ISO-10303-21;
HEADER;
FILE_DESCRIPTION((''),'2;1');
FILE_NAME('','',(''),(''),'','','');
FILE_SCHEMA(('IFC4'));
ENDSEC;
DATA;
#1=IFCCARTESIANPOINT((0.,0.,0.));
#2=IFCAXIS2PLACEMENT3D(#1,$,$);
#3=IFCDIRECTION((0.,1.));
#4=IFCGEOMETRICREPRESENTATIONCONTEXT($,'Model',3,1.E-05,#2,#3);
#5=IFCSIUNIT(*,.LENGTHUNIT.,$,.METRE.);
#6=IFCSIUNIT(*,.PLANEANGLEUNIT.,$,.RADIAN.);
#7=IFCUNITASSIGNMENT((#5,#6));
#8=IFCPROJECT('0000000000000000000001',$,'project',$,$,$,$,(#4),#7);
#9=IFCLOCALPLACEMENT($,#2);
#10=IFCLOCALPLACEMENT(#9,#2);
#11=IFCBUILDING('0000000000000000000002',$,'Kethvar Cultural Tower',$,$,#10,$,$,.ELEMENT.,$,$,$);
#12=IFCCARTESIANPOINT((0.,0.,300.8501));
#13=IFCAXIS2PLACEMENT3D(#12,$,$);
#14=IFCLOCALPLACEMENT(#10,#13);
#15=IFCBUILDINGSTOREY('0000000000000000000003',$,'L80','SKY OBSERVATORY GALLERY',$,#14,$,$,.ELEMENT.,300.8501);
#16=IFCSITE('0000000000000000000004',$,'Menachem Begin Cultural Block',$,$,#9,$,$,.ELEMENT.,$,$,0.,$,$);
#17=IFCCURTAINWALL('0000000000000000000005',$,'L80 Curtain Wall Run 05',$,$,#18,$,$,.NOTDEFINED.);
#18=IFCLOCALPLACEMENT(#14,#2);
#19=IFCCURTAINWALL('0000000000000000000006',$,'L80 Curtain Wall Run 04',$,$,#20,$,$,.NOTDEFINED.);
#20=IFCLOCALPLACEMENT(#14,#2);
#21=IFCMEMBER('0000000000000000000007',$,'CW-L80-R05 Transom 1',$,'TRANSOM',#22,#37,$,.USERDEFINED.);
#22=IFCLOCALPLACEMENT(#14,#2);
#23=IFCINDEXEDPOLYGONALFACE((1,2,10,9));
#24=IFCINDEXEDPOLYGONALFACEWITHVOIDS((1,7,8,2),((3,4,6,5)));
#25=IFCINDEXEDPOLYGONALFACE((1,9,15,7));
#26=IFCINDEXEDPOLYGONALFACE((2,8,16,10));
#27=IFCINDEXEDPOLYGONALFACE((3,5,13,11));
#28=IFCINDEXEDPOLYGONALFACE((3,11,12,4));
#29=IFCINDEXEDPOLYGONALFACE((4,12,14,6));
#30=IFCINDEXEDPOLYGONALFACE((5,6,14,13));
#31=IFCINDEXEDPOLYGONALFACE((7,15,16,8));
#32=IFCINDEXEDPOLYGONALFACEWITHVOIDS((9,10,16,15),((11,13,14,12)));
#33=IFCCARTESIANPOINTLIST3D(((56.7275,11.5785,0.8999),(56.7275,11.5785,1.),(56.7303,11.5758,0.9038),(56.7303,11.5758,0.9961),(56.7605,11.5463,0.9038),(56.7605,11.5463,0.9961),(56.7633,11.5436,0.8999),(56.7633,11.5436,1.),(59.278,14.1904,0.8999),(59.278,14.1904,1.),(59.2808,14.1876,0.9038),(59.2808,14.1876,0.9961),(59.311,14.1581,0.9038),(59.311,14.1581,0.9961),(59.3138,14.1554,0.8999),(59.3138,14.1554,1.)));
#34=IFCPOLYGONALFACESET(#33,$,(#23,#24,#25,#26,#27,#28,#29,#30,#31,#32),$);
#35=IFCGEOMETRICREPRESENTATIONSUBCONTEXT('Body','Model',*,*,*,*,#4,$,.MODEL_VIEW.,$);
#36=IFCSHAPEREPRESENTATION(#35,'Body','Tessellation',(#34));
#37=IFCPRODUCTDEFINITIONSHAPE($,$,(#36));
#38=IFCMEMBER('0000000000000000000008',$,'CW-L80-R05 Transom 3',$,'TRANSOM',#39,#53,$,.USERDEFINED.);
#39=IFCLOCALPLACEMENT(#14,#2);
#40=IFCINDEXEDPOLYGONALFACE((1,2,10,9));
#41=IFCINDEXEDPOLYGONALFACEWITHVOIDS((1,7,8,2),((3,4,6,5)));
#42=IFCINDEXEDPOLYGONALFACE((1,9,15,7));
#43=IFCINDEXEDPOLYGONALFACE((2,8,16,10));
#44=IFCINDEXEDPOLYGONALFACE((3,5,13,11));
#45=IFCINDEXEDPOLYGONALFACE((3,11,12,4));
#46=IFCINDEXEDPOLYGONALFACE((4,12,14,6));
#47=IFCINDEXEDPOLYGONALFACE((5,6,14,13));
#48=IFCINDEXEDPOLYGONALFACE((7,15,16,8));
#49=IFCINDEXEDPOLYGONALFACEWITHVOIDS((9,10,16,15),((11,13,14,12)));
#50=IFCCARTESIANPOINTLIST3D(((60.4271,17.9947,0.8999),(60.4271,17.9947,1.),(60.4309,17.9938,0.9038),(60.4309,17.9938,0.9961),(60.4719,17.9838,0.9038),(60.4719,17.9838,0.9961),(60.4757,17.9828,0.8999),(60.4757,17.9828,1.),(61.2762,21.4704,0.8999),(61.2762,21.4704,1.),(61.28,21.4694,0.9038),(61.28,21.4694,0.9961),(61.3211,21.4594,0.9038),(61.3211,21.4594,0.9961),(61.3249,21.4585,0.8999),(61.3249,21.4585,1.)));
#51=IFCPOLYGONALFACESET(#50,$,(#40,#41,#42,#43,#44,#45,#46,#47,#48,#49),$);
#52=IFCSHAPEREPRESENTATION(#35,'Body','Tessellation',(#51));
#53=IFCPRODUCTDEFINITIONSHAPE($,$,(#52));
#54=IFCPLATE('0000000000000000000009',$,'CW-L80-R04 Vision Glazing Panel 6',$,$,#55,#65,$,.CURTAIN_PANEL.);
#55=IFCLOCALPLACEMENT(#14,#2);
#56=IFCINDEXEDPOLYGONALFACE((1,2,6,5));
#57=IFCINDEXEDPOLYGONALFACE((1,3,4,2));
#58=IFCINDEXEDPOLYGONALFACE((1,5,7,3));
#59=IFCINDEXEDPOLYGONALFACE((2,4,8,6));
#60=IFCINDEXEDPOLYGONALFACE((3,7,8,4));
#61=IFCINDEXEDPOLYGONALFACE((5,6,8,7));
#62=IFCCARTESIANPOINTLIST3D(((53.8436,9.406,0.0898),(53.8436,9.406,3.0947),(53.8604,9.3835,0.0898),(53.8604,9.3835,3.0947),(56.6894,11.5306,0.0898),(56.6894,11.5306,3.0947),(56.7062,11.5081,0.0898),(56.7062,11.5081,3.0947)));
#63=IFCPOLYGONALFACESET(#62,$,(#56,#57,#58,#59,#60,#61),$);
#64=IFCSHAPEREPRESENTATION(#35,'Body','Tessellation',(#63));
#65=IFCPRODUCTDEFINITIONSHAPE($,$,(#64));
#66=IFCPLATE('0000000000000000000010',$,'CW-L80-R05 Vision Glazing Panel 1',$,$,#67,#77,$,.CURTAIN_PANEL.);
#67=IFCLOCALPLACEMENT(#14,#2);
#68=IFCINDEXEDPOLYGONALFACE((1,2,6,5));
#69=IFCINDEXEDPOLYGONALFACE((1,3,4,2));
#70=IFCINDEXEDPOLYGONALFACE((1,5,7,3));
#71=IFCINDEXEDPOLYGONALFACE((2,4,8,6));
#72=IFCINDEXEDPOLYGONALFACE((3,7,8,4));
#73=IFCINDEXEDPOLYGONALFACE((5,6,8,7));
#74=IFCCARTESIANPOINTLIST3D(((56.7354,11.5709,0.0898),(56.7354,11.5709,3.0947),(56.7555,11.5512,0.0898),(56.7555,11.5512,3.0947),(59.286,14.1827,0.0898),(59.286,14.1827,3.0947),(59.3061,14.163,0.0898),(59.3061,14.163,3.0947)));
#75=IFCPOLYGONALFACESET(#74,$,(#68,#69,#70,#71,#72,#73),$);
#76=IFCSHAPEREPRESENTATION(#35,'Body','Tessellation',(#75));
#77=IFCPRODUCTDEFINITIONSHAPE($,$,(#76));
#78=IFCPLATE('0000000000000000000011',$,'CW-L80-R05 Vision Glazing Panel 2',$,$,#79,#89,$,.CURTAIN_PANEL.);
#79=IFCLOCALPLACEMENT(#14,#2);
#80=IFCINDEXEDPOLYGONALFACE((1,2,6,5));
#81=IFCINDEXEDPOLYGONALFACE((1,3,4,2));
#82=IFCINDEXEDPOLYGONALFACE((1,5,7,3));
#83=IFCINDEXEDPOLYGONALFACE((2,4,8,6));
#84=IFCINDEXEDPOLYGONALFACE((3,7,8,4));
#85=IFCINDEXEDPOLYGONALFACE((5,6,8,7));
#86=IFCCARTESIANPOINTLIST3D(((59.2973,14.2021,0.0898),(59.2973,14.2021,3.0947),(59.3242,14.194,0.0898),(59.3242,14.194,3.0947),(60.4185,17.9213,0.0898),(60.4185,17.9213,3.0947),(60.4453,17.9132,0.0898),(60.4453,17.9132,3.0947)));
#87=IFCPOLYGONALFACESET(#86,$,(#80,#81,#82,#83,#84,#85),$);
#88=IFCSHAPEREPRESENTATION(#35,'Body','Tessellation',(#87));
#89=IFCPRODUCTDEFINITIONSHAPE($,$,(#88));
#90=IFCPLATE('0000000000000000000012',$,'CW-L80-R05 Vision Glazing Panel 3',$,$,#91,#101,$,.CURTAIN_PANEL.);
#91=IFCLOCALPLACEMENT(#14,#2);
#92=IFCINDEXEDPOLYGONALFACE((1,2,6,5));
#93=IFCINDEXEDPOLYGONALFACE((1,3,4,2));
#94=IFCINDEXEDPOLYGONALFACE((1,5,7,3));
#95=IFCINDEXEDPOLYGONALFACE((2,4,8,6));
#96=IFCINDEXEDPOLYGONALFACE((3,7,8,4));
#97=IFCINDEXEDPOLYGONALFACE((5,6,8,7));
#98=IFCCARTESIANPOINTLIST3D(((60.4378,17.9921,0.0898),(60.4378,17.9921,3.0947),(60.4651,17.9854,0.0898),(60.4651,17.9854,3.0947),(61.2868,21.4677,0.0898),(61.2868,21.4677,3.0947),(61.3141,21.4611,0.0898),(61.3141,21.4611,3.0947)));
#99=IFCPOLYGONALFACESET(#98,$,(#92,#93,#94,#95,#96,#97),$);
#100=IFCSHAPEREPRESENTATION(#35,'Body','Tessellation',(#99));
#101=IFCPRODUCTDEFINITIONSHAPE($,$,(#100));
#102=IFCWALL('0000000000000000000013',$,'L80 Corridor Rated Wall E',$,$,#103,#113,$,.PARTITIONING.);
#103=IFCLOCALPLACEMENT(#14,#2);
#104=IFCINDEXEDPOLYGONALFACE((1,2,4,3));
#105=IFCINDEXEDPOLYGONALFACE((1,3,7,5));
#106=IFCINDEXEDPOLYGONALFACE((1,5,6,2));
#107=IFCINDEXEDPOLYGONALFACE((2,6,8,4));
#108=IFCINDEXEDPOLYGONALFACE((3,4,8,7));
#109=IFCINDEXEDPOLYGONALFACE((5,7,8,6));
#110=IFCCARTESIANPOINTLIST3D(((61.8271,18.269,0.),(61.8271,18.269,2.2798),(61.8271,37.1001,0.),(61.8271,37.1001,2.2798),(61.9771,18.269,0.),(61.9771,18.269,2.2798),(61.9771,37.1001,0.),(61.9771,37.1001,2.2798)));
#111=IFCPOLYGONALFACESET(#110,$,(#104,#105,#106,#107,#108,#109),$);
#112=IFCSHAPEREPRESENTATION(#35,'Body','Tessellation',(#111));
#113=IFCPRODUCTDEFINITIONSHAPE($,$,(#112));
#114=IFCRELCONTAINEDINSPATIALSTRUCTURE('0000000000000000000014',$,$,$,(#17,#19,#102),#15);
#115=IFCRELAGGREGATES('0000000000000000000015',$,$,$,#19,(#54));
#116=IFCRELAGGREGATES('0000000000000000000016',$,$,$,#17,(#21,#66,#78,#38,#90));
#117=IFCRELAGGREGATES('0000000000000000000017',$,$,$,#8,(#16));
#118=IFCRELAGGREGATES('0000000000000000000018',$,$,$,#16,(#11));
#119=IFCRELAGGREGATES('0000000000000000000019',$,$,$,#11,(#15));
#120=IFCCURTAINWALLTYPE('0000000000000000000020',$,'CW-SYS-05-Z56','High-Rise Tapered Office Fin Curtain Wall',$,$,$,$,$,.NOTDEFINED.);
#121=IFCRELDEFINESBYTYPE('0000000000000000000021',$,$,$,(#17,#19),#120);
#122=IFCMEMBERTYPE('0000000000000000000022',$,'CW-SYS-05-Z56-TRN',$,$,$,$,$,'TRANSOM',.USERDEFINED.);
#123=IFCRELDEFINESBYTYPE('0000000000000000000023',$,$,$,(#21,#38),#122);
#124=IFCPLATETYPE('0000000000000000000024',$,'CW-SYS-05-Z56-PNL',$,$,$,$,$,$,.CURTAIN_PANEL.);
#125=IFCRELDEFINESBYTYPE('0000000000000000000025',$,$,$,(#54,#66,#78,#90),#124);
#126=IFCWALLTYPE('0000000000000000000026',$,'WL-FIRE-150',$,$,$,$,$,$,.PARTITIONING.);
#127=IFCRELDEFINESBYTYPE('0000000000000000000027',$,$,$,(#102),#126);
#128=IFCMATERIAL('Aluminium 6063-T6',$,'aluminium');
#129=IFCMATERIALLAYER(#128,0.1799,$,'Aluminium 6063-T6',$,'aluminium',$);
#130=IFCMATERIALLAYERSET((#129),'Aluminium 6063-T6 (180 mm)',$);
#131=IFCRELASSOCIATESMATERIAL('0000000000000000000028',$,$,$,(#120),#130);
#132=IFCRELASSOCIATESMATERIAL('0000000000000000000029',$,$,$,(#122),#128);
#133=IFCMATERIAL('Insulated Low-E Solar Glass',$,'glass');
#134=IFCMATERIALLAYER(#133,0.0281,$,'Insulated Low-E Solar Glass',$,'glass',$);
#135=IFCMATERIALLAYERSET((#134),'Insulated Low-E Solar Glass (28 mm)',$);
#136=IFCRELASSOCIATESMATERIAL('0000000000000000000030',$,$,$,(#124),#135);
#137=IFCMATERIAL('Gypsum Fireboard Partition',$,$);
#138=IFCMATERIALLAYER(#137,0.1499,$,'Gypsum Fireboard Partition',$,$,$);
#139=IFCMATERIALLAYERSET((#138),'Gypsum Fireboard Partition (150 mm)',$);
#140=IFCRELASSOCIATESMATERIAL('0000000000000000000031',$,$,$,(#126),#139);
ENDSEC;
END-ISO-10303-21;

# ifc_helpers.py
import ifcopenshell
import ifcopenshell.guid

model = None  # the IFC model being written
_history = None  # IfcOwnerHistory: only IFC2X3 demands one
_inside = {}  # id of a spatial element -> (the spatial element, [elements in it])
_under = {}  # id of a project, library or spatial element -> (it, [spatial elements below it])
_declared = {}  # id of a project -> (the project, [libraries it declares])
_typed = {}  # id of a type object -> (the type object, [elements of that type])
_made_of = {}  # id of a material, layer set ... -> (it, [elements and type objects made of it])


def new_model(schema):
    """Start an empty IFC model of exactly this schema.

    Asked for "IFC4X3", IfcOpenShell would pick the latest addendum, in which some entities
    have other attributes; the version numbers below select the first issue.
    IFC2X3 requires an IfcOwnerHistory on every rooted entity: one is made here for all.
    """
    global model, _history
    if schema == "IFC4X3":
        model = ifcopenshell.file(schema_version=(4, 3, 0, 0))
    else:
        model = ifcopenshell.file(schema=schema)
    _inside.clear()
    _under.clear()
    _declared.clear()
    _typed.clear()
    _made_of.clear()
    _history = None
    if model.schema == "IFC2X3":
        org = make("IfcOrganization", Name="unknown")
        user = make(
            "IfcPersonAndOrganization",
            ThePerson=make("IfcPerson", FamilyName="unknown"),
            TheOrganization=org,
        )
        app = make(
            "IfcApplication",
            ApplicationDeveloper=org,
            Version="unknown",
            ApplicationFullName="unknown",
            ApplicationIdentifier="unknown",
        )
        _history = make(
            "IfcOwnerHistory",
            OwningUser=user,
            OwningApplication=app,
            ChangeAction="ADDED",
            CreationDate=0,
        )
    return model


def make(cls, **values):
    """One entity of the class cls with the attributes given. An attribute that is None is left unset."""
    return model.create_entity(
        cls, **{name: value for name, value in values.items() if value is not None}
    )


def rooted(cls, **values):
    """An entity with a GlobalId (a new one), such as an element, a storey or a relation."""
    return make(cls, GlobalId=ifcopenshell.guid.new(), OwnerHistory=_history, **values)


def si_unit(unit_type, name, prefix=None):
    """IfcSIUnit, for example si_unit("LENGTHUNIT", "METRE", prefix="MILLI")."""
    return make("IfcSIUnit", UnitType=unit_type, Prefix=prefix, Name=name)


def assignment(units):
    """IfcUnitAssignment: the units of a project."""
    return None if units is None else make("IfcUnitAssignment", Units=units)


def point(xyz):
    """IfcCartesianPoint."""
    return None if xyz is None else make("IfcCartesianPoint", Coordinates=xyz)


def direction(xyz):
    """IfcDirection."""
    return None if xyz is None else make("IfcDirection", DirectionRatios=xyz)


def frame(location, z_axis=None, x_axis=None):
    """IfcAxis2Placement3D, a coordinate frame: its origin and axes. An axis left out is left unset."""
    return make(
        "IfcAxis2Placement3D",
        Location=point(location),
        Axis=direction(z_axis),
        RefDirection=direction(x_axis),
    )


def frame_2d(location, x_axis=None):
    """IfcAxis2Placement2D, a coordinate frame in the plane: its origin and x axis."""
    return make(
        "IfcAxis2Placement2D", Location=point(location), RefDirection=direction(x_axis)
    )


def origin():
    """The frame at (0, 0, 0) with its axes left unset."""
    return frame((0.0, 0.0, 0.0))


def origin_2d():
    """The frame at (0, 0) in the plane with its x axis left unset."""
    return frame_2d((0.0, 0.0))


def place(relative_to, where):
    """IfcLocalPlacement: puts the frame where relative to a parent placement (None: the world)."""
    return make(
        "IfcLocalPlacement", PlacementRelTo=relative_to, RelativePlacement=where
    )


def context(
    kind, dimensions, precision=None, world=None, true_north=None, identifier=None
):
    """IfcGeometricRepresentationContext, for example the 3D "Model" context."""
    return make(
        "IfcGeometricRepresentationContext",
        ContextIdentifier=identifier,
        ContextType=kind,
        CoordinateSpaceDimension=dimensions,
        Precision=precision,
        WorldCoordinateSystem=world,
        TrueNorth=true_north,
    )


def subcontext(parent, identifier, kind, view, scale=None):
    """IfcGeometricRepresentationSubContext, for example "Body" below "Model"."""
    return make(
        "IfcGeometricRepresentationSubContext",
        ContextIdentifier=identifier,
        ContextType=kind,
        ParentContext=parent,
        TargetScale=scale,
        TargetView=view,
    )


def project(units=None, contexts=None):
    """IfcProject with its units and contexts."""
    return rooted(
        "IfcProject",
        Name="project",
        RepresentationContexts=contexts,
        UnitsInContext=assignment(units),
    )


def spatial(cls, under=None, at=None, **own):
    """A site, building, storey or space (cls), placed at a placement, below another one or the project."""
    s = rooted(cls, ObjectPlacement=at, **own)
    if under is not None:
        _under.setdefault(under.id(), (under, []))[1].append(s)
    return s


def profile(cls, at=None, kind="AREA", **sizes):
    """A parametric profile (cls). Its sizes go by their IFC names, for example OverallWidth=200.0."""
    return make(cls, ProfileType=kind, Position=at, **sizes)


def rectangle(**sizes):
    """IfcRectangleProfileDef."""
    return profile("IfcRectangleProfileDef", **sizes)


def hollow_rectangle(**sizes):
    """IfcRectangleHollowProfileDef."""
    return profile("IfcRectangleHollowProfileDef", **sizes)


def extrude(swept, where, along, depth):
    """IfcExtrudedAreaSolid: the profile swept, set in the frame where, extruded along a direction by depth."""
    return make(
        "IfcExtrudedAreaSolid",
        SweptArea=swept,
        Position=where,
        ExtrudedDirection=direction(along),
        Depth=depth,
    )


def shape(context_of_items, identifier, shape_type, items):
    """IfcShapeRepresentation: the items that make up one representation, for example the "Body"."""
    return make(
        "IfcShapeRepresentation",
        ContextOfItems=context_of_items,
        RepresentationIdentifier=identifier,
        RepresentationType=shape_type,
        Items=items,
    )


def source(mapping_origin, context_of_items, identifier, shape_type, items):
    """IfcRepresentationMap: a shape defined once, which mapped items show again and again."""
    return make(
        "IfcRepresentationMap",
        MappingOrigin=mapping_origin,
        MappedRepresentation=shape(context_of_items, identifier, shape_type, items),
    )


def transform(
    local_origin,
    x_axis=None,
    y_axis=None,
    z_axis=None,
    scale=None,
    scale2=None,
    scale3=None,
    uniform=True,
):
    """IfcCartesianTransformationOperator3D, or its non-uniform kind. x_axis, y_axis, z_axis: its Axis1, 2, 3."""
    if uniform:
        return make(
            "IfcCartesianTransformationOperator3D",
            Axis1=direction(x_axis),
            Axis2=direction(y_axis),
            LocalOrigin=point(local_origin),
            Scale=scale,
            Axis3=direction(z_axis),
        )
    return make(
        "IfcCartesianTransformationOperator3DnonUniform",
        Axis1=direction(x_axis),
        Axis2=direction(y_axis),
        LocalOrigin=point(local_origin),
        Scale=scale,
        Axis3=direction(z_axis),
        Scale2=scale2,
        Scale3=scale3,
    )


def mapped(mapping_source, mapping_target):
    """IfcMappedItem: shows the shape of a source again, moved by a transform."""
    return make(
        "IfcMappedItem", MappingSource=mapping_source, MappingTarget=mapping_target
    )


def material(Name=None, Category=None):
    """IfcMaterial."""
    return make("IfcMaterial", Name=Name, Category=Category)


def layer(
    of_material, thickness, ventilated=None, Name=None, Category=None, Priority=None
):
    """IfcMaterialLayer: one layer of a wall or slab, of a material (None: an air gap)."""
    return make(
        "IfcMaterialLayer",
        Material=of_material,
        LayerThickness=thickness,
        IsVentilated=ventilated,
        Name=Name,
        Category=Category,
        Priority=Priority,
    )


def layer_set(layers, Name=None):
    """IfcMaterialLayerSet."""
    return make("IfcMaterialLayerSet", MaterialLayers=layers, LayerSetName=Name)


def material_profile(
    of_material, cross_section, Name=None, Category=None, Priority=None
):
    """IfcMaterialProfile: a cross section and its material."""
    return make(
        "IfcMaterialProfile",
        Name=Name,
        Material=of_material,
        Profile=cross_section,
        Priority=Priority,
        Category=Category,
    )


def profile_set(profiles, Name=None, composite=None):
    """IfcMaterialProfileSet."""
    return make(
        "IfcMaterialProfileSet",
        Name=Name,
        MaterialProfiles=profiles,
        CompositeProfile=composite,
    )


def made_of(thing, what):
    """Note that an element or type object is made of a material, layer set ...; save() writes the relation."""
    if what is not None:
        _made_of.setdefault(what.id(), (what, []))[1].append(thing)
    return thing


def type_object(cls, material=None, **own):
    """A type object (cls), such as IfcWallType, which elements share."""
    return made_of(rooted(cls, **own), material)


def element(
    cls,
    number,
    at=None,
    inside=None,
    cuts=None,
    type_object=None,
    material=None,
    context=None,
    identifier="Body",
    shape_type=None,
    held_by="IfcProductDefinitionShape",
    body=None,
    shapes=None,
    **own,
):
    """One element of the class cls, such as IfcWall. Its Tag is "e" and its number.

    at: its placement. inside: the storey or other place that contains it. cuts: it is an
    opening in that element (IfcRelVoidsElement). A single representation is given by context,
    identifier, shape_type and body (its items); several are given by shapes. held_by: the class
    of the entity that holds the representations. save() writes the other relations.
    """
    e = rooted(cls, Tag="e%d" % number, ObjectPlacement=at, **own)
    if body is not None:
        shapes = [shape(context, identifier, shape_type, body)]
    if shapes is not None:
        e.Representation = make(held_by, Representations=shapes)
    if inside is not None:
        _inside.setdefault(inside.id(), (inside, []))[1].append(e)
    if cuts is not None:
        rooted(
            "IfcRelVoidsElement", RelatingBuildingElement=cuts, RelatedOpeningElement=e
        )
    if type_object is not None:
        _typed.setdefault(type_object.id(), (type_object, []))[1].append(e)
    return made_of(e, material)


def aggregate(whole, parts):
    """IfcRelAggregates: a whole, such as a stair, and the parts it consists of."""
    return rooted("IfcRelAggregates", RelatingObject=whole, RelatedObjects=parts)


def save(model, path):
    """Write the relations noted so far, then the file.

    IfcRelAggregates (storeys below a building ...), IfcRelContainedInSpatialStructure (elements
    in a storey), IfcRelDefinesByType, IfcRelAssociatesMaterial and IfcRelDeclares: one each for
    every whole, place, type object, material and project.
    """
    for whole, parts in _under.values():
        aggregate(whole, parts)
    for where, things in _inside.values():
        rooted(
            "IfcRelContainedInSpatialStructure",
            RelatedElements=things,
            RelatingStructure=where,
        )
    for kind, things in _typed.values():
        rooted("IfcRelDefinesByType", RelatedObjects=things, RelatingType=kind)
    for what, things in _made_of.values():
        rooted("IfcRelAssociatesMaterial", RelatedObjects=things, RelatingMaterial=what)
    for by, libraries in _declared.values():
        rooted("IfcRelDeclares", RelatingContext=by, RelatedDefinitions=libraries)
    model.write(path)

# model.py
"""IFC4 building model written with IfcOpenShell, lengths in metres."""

from ifc_helpers import new_model, si_unit, direction, frame, frame_2d, origin, origin_2d, place, context, subcontext, project, spatial, rectangle, hollow_rectangle, extrude, source, transform, mapped, material, layer, layer_set, material_profile, profile_set, type_object, element, aggregate, save


model = new_model("IFC4")

# Units and contexts
model_context = context("Model", 3, precision=1e-05, world=origin(), true_north=direction((0.0, 1.0)))
body_context = subcontext(model_context, "Body", "Model", "MODEL_VIEW")
ifc_project = project(units=[si_unit("LENGTHUNIT", "METRE"), si_unit("PLANEANGLEUNIT", "RADIAN")], contexts=[model_context])

# Site, building, storey
site_placement = place(None, origin())
site = spatial("IfcSite", under=ifc_project, at=site_placement, Name="Menachem Begin Cultural Block", CompositionType="ELEMENT", RefElevation=0.0)
building_placement = place(site_placement, origin())
building = spatial("IfcBuilding", under=site, at=building_placement, Name="Kethvar Cultural Tower", CompositionType="ELEMENT")
storey_placement = place(building_placement, frame((0.0, 0.0, 300.8501)))
storey = spatial("IfcBuildingStorey", under=building, at=storey_placement, Name="L80", Description="SKY OBSERVATORY GALLERY", CompositionType="ELEMENT", Elevation=300.8501)

# Curtain walls
ifc_material_1 = material(Name="Aluminium 6063-T6", Category="aluminium")
ifc_layer_1 = layer(ifc_material_1, 0.1799, Name="Aluminium 6063-T6", Category="aluminium")
ifc_layer_set_1 = layer_set([ifc_layer_1], Name="Aluminium 6063-T6 (180 mm)")
curtain_wall_type = type_object("IfcCurtainWallType", Name="CW-SYS-05-Z56", Description="High-Rise Tapered Office Fin Curtain Wall", PredefinedType="NOTDEFINED", material=ifc_layer_set_1)
curtain_wall_1_placement = place(storey_placement, origin())
curtain_wall_1 = element("IfcCurtainWall", 1, at=curtain_wall_1_placement, inside=storey, type_object=curtain_wall_type, Name="L80 Curtain Wall Run 05", PredefinedType="NOTDEFINED")
ifc_material_profile_1 = material_profile(ifc_material_1, hollow_rectangle(XDim=0.05, YDim=0.1001, WallThickness=0.0039, at=origin_2d()), Name="Aluminium 6063-T6 — RHS100x50x4")
ifc_profile_set_1 = profile_set([ifc_material_profile_1], Name="Aluminium 6063-T6 — RHS100x50x4")
member_type_1 = type_object("IfcMemberType", Name="CW-SYS-05-Z56-TRN", ElementType="TRANSOM", PredefinedType="USERDEFINED", material=ifc_profile_set_1)
curtain_wall_2_placement = place(storey_placement, origin())
curtain_wall_2 = element("IfcCurtainWall", 2, at=curtain_wall_2_placement, inside=storey, type_object=curtain_wall_type, Name="L80 Curtain Wall Run 04", PredefinedType="NOTDEFINED")

# Members
shared_shape_1 = source(origin(), body_context, "Body", "SweptSolid", [
    extrude(hollow_rectangle(XDim=0.05, YDim=0.1001, WallThickness=0.0039, at=origin_2d()), origin(), (0.0, 0.0, 1.0), 3.6506),
])
member_1_placement = place(storey_placement, frame((56.7454, 11.561, 0.95), z_axis=(0.698664, 0.71545, 0.0), x_axis=(-0.71545, 0.698664, 0.0)))
member_1 = element("IfcMember", 3, at=member_1_placement, type_object=member_type_1, Name="CW-L80-R05 Transom 1", ObjectType="TRANSOM", PredefinedType="USERDEFINED", context=body_context, shape_type="MappedRepresentation", body=[
    mapped(shared_shape_1, transform((0.0, 0.0, 0.0), scale=1.0)),
])
shared_shape_2 = source(origin(), body_context, "Body", "SweptSolid", [
    extrude(hollow_rectangle(XDim=0.05, YDim=0.1001, WallThickness=0.0039, at=origin_2d()), origin(), (0.0, 0.0, 1.0), 3.5779),
])
member_2_placement = place(storey_placement, frame((60.4514, 17.9888, 0.95), z_axis=(0.23733, 0.971429, 0.0), x_axis=(-0.971429, 0.23733, 0.0)))
member_2 = element("IfcMember", 4, at=member_2_placement, type_object=member_type_1, Name="CW-L80-R05 Transom 3", ObjectType="TRANSOM", PredefinedType="USERDEFINED", context=body_context, shape_type="MappedRepresentation", body=[
    mapped(shared_shape_2, transform((0.0, 0.0, 0.0), scale=1.0)),
])

# Plates
ifc_material_2 = material(Name="Insulated Low-E Solar Glass", Category="glass")
ifc_layer_2 = layer(ifc_material_2, 0.0281, Name="Insulated Low-E Solar Glass", Category="glass")
ifc_layer_set_2 = layer_set([ifc_layer_2], Name="Insulated Low-E Solar Glass (28 mm)")
plate_type = type_object("IfcPlateType", Name="CW-SYS-05-Z56-PNL", PredefinedType="CURTAIN_PANEL", material=ifc_layer_set_2)
shared_shape_3 = source(origin(), body_context, "Body", "SweptSolid", [
    extrude(rectangle(XDim=3.5515, YDim=0.0281, at=origin_2d()), origin(), (0.0, 0.0, 1.0), 3.0049),
])
plate_1_placement = place(storey_placement, frame((55.2749, 10.457, 0.0898), z_axis=(0.0, 0.0, 1.0), x_axis=(0.801316, 0.598241, 0.0)))
plate_1 = element("IfcPlate", 5, at=plate_1_placement, type_object=plate_type, Name="CW-L80-R04 Vision Glazing Panel 6", PredefinedType="CURTAIN_PANEL", context=body_context, shape_type="MappedRepresentation", body=[
    mapped(shared_shape_3, transform((0.0, 0.0, 0.0), scale=1.0)),
])
aggregate(curtain_wall_2, [plate_1])
shared_shape_4 = source(origin(), body_context, "Body", "SweptSolid", [
    extrude(rectangle(XDim=3.6506, YDim=0.0281, at=origin_2d()), origin(), (0.0, 0.0, 1.0), 3.0049),
])
plate_2_placement = place(storey_placement, frame((58.0208, 12.8669, 0.0898), z_axis=(0.0, 0.0, 1.0), x_axis=(0.698678, 0.715437, 0.0)))
plate_2 = element("IfcPlate", 6, at=plate_2_placement, type_object=plate_type, Name="CW-L80-R05 Vision Glazing Panel 1", PredefinedType="CURTAIN_PANEL", context=body_context, shape_type="MappedRepresentation", body=[
    mapped(shared_shape_4, transform((0.0, 0.0, 0.0), scale=1.0)),
])
shared_shape_5 = source(origin(), body_context, "Body", "SweptSolid", [
    extrude(rectangle(XDim=3.8845, YDim=0.0281, at=origin_2d()), origin(), (0.0, 0.0, 1.0), 3.0049),
])
plate_3_placement = place(storey_placement, frame((59.8713, 16.0576, 0.0898), z_axis=(0.0, 0.0, 1.0), x_axis=(0.288614, 0.957446, 0.0)))
plate_3 = element("IfcPlate", 7, at=plate_3_placement, type_object=plate_type, Name="CW-L80-R05 Vision Glazing Panel 2", PredefinedType="CURTAIN_PANEL", context=body_context, shape_type="MappedRepresentation", body=[
    mapped(shared_shape_5, transform((0.0, 0.0, 0.0), scale=1.0)),
])
shared_shape_6 = source(origin(), body_context, "Body", "SweptSolid", [
    extrude(rectangle(XDim=3.5779, YDim=0.0281, at=origin_2d()), origin(), (0.0, 0.0, 1.0), 3.0049),
])
plate_4_placement = place(storey_placement, frame((60.876, 19.7266, 0.0898), z_axis=(0.0, 0.0, 1.0), x_axis=(0.237296, 0.971437, 0.0)))
plate_4 = element("IfcPlate", 8, at=plate_4_placement, type_object=plate_type, Name="CW-L80-R05 Vision Glazing Panel 3", PredefinedType="CURTAIN_PANEL", context=body_context, shape_type="MappedRepresentation", body=[
    mapped(shared_shape_6, transform((0.0, 0.0, 0.0), scale=1.0)),
])
aggregate(curtain_wall_1, [member_1, plate_2, plate_3, member_2, plate_4])

# Wall
ifc_material_3 = material(Name="Gypsum Fireboard Partition")
ifc_layer_3 = layer(ifc_material_3, 0.1499, Name="Gypsum Fireboard Partition")
ifc_layer_set_3 = layer_set([ifc_layer_3], Name="Gypsum Fireboard Partition (150 mm)")
wall_type = type_object("IfcWallType", Name="WL-FIRE-150", PredefinedType="PARTITIONING", material=ifc_layer_set_3)
wall_placement = place(storey_placement, frame((61.9021, 18.269, 0.0), z_axis=(0.0, 0.0, 1.0), x_axis=(0.0, 1.0, 0.0)))
element("IfcWall", 9, at=wall_placement, inside=storey, type_object=wall_type, Name="L80 Corridor Rated Wall E", PredefinedType="PARTITIONING", context=body_context, shape_type="SweptSolid", body=[
    extrude(rectangle(XDim=18.8311, YDim=0.1499, at=frame_2d((9.4155, 0.0))), origin(), (0.0, 0.0, 1.0), 2.2798),
])

save(model, "model.ifc")
